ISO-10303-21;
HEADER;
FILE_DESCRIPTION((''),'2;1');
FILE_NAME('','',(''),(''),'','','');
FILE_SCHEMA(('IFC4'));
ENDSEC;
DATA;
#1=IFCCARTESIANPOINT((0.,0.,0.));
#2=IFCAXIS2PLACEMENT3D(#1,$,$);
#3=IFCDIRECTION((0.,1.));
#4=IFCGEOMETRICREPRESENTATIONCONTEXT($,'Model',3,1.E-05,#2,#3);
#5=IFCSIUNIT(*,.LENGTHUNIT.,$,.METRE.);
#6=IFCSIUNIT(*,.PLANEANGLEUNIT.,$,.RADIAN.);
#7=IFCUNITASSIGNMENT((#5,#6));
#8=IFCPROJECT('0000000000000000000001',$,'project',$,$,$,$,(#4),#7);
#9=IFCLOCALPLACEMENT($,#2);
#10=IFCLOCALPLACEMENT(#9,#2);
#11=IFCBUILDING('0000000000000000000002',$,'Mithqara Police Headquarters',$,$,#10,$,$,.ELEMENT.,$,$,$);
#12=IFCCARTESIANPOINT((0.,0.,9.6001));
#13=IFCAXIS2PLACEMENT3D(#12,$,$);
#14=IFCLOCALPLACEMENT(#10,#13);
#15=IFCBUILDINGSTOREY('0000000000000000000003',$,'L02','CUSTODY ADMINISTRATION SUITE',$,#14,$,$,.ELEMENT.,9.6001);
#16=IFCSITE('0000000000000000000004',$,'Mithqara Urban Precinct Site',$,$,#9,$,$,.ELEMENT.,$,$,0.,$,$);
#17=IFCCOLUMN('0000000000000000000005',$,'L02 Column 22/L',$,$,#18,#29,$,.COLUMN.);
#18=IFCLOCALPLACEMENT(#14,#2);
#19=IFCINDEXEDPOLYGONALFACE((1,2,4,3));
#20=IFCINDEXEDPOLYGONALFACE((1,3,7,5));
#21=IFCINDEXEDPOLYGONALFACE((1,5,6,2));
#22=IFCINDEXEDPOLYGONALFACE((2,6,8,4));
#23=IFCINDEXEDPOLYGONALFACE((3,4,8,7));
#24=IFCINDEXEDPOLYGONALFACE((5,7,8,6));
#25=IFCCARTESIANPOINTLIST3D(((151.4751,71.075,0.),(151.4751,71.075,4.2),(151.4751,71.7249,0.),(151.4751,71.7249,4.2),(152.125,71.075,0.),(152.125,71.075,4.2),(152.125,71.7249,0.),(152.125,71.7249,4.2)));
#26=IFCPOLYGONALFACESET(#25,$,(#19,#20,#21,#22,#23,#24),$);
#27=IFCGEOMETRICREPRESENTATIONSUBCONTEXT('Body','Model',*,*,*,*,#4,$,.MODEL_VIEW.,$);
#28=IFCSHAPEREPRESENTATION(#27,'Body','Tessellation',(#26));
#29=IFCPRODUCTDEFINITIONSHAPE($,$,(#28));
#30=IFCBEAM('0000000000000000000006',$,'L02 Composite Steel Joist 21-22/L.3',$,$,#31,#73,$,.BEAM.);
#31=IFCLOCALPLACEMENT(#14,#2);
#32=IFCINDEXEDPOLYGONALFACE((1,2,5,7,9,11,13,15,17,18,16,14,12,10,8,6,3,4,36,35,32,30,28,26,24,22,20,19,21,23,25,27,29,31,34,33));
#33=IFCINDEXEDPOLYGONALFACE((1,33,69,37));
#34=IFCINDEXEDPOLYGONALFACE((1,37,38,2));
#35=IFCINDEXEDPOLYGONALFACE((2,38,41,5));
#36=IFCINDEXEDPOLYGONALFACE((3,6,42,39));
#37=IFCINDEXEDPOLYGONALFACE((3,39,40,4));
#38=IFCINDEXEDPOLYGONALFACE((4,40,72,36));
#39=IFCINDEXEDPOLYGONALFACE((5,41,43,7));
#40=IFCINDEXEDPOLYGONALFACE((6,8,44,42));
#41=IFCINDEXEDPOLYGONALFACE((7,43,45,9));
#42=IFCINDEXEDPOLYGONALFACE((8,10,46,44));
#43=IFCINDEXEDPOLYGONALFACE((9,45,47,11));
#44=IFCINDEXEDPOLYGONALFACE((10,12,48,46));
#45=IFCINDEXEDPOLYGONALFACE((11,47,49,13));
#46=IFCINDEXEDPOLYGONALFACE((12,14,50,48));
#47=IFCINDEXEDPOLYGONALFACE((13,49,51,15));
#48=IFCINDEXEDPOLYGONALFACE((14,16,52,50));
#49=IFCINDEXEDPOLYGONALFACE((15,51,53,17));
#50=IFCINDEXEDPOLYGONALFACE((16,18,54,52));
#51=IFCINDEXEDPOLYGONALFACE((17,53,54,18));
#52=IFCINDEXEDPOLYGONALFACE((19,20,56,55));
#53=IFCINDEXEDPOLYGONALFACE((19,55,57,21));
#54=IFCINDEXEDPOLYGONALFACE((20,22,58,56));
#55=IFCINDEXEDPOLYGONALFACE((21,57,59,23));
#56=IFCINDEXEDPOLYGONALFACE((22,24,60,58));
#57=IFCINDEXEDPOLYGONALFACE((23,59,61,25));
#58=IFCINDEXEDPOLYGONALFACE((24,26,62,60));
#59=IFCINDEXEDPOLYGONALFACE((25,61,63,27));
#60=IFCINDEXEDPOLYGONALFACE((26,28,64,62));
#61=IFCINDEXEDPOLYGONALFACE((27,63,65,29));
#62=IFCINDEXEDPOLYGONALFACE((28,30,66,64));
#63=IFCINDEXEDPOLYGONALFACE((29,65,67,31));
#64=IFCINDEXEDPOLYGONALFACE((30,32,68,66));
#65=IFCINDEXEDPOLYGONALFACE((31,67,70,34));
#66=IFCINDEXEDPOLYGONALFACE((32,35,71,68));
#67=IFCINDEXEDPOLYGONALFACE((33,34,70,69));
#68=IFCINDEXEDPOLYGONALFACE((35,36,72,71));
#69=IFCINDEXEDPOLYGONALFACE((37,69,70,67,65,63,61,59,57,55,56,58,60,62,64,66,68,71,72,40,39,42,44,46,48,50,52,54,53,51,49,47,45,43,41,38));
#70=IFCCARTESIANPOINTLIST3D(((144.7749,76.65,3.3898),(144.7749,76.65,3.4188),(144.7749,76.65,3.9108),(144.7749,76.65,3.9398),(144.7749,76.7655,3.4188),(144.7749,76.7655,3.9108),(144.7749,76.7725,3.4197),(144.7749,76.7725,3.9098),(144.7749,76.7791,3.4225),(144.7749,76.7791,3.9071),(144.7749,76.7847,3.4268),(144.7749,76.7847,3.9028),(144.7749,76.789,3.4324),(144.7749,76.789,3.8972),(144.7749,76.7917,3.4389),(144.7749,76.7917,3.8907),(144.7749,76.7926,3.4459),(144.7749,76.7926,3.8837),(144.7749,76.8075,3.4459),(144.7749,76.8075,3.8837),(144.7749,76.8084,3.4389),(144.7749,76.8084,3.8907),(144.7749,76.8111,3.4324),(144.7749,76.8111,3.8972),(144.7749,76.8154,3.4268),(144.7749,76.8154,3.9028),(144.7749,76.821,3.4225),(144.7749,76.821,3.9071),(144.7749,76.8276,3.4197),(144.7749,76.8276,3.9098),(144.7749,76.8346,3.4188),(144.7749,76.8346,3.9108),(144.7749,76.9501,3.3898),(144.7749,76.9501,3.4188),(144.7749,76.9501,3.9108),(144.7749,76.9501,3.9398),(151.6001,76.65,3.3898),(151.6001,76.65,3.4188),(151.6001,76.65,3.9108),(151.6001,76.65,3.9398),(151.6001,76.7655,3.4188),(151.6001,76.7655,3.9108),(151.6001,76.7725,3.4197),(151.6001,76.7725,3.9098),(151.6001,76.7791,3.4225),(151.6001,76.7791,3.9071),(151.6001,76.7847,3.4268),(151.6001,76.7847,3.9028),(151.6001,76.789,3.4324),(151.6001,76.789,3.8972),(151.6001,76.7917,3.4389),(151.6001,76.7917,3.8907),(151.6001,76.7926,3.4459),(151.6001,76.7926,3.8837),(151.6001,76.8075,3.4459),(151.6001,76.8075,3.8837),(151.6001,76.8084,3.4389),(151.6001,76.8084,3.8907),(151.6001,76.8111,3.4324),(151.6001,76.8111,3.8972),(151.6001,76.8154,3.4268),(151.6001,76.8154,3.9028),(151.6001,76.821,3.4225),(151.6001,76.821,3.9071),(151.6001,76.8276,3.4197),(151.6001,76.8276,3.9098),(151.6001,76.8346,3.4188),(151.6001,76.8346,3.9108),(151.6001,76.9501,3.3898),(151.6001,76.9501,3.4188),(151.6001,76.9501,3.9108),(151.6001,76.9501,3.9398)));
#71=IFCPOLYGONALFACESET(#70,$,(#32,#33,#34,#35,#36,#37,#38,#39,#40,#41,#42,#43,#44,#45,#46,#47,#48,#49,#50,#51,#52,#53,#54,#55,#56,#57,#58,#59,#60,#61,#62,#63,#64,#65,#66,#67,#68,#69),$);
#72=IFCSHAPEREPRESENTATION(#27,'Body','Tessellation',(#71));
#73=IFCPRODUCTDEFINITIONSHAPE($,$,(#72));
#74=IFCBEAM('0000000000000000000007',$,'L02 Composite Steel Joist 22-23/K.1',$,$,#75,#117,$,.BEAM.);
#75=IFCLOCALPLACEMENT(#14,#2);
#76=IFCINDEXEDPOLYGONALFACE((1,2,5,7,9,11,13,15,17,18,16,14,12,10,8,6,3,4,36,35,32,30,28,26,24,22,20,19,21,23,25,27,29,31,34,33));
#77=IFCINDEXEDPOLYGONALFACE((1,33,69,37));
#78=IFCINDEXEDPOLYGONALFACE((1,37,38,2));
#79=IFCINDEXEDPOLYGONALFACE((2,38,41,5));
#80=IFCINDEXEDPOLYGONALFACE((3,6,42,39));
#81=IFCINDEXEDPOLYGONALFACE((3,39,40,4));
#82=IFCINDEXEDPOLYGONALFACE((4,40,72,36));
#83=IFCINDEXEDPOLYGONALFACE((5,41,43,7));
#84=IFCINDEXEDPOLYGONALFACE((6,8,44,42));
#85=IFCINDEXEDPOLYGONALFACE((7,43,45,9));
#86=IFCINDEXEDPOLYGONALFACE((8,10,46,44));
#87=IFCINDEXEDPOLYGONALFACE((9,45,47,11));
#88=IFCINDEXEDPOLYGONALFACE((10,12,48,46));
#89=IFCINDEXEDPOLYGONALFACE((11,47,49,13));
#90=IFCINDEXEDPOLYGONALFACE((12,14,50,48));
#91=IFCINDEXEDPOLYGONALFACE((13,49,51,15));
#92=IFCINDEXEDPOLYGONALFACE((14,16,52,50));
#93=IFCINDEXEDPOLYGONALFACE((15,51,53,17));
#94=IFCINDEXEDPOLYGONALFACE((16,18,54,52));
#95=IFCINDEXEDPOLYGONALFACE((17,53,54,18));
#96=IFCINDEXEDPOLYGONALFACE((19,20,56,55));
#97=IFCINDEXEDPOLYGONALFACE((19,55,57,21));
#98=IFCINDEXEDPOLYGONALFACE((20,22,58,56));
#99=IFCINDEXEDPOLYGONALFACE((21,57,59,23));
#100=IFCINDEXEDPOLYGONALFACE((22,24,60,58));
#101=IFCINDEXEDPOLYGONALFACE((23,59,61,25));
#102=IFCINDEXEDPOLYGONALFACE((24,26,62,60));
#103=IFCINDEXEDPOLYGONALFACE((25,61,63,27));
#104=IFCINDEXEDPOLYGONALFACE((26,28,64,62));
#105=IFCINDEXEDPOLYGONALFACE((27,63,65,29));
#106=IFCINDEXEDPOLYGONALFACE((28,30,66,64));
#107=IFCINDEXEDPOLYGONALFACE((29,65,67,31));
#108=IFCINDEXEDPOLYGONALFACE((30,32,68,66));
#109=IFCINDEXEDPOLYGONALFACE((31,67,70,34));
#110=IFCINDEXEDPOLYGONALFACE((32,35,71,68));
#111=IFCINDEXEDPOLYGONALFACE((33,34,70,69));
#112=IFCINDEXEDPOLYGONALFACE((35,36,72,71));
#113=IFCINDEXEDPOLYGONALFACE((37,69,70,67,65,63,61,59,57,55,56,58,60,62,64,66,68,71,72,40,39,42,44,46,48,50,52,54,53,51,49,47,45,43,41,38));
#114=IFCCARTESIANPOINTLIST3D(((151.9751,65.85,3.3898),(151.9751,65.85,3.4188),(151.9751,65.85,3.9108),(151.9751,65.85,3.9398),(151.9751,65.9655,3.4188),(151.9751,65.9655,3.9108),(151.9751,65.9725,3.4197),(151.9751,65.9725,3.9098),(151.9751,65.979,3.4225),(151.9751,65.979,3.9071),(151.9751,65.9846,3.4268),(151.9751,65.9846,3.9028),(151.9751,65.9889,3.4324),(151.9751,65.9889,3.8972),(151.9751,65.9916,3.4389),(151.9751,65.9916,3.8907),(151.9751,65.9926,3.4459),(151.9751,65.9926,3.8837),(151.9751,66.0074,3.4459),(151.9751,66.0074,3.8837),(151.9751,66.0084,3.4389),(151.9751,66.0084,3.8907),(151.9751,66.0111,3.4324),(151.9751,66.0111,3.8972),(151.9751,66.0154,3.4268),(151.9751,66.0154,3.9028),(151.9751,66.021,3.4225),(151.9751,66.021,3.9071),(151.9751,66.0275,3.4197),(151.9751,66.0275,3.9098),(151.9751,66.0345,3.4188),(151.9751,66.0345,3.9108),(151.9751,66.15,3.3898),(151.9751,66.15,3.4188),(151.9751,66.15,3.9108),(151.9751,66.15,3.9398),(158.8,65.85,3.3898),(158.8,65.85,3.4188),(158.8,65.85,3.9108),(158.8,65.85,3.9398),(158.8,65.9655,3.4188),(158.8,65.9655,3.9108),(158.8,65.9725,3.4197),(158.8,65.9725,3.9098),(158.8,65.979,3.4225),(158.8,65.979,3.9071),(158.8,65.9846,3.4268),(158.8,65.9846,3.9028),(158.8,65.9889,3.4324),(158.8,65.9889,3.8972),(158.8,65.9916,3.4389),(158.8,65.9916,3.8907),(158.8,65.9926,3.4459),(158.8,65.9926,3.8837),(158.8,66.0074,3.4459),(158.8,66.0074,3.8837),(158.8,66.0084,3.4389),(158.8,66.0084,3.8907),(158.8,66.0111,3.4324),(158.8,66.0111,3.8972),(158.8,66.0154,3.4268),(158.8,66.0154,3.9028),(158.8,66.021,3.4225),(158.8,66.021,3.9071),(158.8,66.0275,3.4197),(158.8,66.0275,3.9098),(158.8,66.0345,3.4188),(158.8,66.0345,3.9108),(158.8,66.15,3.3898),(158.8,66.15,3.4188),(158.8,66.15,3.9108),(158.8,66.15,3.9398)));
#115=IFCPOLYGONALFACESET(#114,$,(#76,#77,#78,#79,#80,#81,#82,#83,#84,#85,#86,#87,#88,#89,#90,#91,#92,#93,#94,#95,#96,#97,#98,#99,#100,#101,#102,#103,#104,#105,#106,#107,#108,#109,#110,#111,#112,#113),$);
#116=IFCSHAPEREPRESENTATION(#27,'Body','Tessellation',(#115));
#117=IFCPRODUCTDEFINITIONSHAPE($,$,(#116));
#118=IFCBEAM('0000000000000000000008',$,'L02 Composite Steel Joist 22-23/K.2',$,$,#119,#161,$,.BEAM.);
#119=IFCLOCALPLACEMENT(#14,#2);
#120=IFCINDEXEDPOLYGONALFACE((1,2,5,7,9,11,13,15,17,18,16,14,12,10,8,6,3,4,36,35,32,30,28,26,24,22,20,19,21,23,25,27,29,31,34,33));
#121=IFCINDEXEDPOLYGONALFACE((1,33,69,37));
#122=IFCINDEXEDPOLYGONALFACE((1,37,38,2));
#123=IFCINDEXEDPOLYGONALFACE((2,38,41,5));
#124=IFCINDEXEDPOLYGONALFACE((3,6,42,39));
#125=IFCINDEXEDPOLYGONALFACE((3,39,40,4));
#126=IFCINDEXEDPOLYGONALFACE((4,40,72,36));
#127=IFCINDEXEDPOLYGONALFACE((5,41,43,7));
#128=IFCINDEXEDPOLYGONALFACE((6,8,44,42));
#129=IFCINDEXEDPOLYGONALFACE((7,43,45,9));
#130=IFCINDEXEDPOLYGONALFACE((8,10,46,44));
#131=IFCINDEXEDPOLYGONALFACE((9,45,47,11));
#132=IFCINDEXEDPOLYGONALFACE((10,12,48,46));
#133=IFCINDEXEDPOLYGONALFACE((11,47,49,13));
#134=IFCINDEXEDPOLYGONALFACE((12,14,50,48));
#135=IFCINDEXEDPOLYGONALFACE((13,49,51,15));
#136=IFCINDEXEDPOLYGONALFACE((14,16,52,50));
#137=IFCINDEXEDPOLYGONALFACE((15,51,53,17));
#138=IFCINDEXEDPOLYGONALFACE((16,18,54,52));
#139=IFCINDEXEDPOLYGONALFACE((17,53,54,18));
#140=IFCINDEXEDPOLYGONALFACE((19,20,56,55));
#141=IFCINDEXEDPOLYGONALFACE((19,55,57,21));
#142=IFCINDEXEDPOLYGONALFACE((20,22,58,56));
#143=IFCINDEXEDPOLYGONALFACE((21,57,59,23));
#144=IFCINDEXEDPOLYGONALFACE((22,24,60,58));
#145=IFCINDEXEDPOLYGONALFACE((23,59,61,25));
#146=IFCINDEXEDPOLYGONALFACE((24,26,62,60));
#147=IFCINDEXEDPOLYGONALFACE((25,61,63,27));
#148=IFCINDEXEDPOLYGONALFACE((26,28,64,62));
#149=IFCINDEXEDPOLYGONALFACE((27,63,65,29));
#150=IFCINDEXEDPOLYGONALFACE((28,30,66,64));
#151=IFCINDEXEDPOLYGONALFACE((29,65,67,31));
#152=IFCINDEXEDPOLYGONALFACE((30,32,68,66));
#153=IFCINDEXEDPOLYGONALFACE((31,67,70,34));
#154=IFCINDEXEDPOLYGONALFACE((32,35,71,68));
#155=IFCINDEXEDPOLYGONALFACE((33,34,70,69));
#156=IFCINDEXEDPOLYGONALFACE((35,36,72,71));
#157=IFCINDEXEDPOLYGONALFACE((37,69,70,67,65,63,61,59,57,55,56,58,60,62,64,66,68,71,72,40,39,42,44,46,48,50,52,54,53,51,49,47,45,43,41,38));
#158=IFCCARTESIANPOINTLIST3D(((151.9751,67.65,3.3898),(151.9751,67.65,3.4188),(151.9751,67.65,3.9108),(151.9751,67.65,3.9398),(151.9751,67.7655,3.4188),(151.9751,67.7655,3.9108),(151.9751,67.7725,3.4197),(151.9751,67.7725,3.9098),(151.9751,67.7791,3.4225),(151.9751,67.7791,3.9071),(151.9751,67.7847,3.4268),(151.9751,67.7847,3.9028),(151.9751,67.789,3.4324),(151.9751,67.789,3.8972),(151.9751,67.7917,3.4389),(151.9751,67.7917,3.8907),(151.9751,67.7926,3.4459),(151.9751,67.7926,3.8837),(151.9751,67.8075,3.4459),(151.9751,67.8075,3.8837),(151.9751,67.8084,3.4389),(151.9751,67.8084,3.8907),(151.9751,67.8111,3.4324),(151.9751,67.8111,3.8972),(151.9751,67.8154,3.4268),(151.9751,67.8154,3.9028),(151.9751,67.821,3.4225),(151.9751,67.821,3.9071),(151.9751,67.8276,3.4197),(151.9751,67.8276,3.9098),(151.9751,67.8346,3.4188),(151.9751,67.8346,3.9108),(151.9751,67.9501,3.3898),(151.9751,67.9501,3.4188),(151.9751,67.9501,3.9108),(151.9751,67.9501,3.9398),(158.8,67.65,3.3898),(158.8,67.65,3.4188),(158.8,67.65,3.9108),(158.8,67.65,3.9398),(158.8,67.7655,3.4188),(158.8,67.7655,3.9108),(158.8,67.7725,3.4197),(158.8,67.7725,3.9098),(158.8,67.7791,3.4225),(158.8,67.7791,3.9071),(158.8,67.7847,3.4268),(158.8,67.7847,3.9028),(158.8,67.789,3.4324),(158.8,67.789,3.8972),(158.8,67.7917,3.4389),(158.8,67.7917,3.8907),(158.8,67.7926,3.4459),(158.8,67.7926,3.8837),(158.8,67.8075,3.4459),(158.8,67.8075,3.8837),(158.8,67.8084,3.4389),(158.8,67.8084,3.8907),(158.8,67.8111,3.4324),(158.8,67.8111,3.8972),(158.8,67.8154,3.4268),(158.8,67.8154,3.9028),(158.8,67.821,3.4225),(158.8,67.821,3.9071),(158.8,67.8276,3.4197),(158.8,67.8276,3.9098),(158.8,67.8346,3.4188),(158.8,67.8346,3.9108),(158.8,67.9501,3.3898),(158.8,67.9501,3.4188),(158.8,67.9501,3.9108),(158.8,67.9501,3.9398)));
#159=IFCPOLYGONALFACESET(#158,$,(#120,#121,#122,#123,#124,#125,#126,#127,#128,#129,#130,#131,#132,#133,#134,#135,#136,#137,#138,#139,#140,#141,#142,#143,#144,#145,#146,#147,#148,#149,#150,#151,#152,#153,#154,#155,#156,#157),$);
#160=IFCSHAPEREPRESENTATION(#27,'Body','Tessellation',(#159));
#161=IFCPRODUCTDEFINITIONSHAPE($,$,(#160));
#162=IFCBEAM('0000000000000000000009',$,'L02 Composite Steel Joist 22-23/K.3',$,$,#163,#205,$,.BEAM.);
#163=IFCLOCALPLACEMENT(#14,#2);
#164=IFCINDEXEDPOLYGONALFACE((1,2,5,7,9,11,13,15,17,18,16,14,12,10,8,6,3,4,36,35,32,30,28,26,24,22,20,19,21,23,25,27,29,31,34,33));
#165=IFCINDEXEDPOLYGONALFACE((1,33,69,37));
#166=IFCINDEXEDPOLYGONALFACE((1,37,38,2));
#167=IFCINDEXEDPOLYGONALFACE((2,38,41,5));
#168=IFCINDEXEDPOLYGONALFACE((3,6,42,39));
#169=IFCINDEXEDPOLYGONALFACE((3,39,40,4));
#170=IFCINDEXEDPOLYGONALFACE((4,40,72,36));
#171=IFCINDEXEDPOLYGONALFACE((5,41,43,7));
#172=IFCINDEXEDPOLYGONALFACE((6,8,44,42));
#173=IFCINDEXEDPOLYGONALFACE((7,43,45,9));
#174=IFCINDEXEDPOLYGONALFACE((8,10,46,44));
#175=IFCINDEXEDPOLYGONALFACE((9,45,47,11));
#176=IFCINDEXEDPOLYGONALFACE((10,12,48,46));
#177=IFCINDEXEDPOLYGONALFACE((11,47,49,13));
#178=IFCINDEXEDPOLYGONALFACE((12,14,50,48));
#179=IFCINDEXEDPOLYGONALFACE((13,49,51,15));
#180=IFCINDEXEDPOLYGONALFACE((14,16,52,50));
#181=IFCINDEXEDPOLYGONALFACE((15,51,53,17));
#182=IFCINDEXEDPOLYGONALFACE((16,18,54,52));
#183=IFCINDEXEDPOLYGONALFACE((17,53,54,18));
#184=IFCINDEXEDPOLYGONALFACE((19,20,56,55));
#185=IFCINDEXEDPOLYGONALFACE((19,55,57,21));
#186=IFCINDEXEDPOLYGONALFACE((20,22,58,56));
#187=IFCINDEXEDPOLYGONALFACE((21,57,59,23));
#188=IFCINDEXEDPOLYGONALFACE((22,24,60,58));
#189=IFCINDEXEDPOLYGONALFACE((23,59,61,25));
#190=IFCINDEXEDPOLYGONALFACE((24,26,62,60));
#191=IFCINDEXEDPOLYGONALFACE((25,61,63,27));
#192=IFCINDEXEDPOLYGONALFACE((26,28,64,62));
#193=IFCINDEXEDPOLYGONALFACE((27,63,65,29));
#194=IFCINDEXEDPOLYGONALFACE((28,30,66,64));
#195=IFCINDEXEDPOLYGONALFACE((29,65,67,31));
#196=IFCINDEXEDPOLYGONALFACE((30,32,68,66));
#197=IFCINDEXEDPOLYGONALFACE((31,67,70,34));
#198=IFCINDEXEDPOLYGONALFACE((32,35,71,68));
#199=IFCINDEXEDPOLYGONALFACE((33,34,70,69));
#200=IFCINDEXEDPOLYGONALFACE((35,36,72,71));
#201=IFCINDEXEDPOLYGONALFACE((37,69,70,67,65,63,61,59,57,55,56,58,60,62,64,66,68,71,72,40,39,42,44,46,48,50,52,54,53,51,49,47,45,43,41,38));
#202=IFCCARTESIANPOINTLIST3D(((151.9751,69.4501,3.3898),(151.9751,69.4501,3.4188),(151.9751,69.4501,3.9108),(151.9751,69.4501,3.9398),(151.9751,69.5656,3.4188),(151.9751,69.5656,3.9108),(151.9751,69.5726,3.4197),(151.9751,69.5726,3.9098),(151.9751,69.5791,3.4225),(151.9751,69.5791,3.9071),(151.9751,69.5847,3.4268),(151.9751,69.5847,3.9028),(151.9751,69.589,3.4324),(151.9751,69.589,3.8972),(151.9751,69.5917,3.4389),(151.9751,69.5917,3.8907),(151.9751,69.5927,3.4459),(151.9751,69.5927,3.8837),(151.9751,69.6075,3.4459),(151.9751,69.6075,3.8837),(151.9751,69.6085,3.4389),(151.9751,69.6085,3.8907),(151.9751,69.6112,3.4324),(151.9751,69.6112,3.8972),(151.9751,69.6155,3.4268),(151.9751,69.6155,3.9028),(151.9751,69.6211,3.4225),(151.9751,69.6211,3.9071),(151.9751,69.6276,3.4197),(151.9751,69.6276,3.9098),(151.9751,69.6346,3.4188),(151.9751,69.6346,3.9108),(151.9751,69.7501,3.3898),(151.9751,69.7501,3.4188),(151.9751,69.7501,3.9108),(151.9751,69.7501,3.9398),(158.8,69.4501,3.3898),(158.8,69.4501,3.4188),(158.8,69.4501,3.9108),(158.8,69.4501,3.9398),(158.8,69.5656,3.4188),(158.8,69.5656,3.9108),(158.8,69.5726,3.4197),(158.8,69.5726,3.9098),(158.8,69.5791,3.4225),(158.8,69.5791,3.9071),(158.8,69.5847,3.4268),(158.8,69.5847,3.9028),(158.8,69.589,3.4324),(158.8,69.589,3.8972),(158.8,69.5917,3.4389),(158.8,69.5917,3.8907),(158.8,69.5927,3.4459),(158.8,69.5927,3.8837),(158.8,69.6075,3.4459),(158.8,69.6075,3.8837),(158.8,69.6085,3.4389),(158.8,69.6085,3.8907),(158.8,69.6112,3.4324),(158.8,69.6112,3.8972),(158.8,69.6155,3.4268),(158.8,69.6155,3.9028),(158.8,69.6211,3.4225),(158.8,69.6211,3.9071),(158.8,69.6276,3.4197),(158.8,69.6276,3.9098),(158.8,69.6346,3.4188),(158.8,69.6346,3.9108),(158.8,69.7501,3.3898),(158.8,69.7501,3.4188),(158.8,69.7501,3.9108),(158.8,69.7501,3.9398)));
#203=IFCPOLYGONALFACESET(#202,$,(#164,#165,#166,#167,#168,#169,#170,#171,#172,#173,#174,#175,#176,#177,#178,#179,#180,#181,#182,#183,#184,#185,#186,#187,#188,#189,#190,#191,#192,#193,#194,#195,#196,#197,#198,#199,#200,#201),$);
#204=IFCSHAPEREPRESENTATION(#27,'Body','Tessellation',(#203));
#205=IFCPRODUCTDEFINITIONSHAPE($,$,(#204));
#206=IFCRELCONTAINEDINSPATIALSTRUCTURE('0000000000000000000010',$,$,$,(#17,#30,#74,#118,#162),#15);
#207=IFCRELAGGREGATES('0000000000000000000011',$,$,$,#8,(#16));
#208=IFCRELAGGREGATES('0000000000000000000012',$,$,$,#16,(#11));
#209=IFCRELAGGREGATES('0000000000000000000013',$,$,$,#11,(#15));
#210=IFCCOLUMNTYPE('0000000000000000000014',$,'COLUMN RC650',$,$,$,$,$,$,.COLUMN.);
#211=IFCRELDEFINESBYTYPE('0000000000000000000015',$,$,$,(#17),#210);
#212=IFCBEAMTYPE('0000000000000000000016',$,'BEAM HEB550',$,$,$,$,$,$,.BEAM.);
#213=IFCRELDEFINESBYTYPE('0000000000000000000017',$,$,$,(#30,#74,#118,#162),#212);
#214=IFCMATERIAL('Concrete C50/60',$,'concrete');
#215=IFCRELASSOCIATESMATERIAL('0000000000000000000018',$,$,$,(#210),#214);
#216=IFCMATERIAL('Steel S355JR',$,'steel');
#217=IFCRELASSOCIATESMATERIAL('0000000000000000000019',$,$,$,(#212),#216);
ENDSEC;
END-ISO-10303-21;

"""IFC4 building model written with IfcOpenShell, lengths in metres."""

from ifc_helpers import new_model, si_unit, direction, frame, origin, origin_2d, place, context, subcontext, project, spatial, rectangle, i_section, extrude, material, material_profile, profile_set, type_object, element, save


model = new_model("IFC4")

# Units and contexts
model_context = context("Model", 3, precision=1e-05, world=origin(), true_north=direction((0.0, 1.0)))
body_context = subcontext(model_context, "Body", "Model", "MODEL_VIEW")
ifc_project = project(units=[si_unit("LENGTHUNIT", "METRE"), si_unit("PLANEANGLEUNIT", "RADIAN")], contexts=[model_context])

# Site, building, storey
site_placement = place(None, origin())
site = spatial("IfcSite", under=ifc_project, at=site_placement, Name="Mithqara Urban Precinct Site", CompositionType="ELEMENT", RefElevation=0.0)
building_placement = place(site_placement, origin())
building = spatial("IfcBuilding", under=site, at=building_placement, Name="Mithqara Police Headquarters", CompositionType="ELEMENT")
storey_placement = place(building_placement, frame((0.0, 0.0, 9.6001)))
storey = spatial("IfcBuildingStorey", under=building, at=storey_placement, Name="L02", Description="CUSTODY ADMINISTRATION SUITE", CompositionType="ELEMENT", Elevation=9.6001)

# Column
ifc_material_1 = material(Name="Concrete C50/60", Category="concrete")
ifc_material_profile_1 = material_profile(ifc_material_1, rectangle(XDim=0.6499, YDim=0.6499, at=origin_2d()), Name="RC 650x650")
ifc_profile_set_1 = profile_set([ifc_material_profile_1], Name="Concrete C50/60")
column_type = type_object("IfcColumnType", Name="COLUMN RC650", PredefinedType="COLUMN", material=ifc_profile_set_1)
column_placement = place(storey_placement, frame((151.8, 71.3999, 0.0), z_axis=(0.0, 0.0, 1.0), x_axis=(1.0, 0.0, 0.0)))
element("IfcColumn", 1, at=column_placement, inside=storey, type_object=column_type, Name="L02 Column 22/L", PredefinedType="COLUMN", context=body_context, shape_type="SweptSolid", body=[
    extrude(rectangle(XDim=0.6499, YDim=0.6499, at=origin_2d()), origin(), (0.0, 0.0, 1.0), 4.2),
])

# Beams
ifc_material_2 = material(Name="Steel S355JR", Category="steel")
ifc_material_profile_2 = material_profile(ifc_material_2, i_section(OverallWidth=0.3, OverallDepth=0.55, WebThickness=0.0149, FlangeThickness=0.0291, FilletRadius=0.0271, at=origin_2d()), Name="HEB 550")
ifc_profile_set_2 = profile_set([ifc_material_profile_2], Name="Steel S355JR")
beam_type_1 = type_object("IfcBeamType", Name="BEAM HEB550", PredefinedType="BEAM", material=ifc_profile_set_2)
beam_1_placement = place(storey_placement, frame((144.7749, 76.8, 3.6648), z_axis=(1.0, 0.0, 0.0), x_axis=(0.0, 1.0, 0.0)))
element("IfcBeam", 2, at=beam_1_placement, inside=storey, type_object=beam_type_1, Name="L02 Composite Steel Joist 21-22/L.3", PredefinedType="BEAM", context=body_context, shape_type="SweptSolid", body=[
    extrude(i_section(OverallWidth=0.3, OverallDepth=0.55, WebThickness=0.0149, FlangeThickness=0.0291, FilletRadius=0.0271, at=origin_2d()), origin(), (0.0, 0.0, 1.0), 6.8252),
])
for number, where, z_axis, x_axis, name in (
    (3, (151.9751, 66.0, 3.6648), (1.0, 0.0, 0.0), (0.0, 1.0, 0.0), "L02 Composite Steel Joist 22-23/K.1"),
    (4, (151.9751, 67.8, 3.6648), (1.0, 0.0, 0.0), (0.0, 1.0, 0.0), "L02 Composite Steel Joist 22-23/K.2"),
    (5, (151.9751, 69.6001, 3.6648), (1.0, 0.0, 0.0), (0.0, 1.0, 0.0), "L02 Composite Steel Joist 22-23/K.3"),
):
    element("IfcBeam", number, at=place(storey_placement, frame(where, z_axis=z_axis, x_axis=x_axis)), inside=storey, type_object=beam_type_1, Name=name, PredefinedType="BEAM", context=body_context, shape_type="SweptSolid", body=[
        extrude(i_section(OverallWidth=0.3, OverallDepth=0.55, WebThickness=0.0149, FlangeThickness=0.0291, FilletRadius=0.0271, at=origin_2d()), origin(), (0.0, 0.0, 1.0), 6.825),
    ])

save(model, "model.ifc")
